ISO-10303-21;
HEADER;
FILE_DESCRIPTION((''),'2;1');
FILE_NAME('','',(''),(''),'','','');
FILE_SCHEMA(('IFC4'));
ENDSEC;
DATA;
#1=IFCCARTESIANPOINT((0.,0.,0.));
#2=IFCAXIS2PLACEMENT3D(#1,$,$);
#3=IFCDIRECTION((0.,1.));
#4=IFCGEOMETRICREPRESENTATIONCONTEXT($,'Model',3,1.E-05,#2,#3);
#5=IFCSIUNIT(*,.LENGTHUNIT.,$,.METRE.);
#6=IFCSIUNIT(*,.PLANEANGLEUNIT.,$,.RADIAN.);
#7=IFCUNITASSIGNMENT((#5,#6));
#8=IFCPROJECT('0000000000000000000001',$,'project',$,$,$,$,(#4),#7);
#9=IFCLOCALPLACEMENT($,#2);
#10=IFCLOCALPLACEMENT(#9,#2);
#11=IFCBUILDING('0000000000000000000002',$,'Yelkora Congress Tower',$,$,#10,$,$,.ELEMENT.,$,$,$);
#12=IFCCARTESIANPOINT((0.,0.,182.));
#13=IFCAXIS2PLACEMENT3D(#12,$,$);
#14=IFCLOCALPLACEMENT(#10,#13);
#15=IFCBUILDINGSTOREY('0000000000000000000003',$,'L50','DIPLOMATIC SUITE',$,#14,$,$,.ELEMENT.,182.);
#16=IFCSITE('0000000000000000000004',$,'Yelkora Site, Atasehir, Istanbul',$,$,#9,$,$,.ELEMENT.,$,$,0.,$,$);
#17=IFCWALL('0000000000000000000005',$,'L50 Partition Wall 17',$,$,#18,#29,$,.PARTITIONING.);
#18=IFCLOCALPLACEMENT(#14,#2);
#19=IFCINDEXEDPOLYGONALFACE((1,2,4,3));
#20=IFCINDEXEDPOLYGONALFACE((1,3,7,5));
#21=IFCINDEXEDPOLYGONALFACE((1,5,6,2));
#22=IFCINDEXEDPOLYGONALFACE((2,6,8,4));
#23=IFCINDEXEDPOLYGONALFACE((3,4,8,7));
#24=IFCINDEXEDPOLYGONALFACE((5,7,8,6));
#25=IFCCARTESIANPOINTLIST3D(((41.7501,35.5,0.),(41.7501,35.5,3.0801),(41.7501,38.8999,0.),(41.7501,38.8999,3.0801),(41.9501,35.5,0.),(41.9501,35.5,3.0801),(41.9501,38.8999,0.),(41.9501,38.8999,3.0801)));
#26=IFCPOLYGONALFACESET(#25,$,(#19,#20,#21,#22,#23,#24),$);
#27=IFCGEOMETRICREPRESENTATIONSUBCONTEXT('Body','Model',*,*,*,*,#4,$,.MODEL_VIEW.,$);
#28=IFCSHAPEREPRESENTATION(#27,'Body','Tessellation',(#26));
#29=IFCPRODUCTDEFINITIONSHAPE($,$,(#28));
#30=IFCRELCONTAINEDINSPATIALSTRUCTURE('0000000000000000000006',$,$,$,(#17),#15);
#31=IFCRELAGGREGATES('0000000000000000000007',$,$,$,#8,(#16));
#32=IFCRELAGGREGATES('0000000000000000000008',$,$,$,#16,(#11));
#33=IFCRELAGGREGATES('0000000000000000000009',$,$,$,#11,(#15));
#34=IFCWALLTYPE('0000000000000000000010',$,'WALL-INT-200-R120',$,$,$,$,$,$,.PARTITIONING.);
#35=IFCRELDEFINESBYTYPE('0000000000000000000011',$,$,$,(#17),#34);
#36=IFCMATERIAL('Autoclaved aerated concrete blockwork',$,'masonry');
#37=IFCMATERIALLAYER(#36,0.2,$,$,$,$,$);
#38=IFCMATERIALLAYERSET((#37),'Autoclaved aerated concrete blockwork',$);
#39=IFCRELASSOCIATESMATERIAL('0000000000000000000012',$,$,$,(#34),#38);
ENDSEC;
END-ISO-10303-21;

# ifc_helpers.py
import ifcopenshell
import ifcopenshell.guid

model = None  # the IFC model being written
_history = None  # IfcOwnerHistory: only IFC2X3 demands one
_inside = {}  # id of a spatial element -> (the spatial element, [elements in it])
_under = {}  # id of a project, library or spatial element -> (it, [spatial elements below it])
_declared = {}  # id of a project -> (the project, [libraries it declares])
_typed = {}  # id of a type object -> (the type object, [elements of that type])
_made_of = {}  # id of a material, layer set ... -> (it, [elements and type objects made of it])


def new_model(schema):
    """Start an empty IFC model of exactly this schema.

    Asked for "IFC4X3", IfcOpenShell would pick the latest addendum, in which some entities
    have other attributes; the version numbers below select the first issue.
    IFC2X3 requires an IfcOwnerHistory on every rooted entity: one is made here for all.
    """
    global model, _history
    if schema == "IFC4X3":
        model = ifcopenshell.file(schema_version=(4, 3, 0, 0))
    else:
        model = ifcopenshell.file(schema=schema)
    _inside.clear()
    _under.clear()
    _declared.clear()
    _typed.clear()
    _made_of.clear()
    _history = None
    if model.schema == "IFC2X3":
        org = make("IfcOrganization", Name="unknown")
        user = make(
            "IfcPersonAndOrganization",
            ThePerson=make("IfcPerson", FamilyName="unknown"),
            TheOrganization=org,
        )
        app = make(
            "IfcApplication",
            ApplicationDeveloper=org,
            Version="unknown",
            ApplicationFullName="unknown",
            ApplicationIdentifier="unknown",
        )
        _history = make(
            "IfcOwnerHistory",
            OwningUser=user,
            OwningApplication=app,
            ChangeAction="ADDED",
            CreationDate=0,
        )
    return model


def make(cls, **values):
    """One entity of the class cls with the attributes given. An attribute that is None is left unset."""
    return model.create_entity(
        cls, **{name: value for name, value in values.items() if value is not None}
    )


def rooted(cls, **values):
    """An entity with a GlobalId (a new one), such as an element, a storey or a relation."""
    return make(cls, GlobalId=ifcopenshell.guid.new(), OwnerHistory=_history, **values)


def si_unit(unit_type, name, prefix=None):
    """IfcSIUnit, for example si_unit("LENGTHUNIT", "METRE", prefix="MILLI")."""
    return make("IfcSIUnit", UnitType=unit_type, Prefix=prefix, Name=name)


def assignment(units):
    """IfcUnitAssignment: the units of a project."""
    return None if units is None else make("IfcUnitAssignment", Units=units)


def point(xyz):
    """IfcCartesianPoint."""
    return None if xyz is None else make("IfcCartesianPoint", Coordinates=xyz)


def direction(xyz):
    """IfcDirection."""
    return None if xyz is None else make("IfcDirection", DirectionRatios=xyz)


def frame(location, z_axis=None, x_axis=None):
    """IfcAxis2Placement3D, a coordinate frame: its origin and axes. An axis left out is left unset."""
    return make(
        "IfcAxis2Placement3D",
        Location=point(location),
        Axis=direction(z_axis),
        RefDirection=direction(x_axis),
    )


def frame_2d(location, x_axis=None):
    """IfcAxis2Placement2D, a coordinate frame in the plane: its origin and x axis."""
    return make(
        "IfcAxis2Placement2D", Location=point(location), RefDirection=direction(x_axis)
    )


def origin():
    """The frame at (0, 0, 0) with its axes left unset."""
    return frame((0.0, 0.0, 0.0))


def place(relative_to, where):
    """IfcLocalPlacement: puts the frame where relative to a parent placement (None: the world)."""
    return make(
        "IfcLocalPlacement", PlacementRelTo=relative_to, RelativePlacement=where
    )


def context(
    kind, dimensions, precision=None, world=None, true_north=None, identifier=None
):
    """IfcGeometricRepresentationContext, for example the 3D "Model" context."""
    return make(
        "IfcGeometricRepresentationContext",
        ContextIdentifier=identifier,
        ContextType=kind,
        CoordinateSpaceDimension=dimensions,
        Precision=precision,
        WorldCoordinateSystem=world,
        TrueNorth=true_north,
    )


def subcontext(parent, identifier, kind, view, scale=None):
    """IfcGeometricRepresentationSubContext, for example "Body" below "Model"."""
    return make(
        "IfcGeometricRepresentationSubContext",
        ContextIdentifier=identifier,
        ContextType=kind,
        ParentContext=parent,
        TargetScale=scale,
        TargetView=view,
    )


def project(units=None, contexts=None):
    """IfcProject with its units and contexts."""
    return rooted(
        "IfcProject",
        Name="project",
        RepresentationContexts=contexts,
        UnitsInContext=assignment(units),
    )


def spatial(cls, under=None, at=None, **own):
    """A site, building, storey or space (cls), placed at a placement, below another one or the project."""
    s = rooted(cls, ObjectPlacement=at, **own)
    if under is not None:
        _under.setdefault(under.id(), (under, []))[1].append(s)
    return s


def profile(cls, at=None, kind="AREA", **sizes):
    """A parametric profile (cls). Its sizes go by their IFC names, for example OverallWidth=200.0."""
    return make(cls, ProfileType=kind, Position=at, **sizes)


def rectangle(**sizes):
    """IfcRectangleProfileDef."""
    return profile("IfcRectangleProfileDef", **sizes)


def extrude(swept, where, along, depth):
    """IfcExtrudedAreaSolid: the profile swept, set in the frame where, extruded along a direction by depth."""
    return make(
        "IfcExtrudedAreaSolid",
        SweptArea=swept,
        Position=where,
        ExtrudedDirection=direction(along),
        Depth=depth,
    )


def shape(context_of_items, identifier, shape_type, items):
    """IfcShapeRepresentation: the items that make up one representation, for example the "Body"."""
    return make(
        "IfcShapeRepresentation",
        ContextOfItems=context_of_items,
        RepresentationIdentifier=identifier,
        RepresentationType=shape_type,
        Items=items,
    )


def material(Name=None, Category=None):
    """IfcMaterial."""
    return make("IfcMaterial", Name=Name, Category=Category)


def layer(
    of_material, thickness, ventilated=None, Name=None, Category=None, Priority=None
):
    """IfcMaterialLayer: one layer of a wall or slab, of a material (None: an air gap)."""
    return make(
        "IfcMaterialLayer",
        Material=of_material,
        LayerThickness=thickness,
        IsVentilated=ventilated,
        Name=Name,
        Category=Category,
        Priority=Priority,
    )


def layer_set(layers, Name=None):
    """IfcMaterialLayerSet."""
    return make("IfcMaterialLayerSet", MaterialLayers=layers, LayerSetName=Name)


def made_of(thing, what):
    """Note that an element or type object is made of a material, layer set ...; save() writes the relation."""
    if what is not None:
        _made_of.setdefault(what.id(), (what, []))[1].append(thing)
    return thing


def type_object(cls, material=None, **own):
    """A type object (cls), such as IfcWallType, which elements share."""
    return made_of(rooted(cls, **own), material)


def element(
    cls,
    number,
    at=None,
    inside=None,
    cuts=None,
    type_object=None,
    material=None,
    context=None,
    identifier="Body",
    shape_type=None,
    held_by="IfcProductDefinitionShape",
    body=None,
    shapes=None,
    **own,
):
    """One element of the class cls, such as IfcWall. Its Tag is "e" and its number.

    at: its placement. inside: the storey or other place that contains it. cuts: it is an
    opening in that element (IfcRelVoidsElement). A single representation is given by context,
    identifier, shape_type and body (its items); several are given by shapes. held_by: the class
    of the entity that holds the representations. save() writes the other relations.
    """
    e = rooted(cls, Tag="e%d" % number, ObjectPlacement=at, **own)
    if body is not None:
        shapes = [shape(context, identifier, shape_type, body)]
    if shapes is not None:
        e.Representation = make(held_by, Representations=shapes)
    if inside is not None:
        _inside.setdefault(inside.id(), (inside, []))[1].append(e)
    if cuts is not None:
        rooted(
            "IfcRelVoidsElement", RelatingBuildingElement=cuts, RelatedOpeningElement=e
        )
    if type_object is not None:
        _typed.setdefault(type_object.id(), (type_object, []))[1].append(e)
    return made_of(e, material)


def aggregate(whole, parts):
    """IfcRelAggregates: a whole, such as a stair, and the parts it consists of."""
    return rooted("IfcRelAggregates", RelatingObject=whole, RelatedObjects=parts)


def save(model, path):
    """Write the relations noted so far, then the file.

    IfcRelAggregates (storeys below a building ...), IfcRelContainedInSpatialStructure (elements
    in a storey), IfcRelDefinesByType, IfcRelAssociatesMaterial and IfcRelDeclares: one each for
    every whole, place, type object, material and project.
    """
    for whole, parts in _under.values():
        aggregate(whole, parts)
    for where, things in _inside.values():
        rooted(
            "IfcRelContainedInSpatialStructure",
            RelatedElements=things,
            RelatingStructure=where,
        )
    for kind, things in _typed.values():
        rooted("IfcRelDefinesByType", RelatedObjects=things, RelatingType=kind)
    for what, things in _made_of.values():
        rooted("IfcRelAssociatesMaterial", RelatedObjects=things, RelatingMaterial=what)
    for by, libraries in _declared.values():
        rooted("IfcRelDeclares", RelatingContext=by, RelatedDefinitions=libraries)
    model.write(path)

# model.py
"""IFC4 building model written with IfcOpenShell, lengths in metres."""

from ifc_helpers import new_model, si_unit, direction, frame, frame_2d, origin, place, context, subcontext, project, spatial, rectangle, extrude, material, layer, layer_set, type_object, element, save


model = new_model("IFC4")

# Units and contexts
model_context = context("Model", 3, precision=1e-05, world=origin(), true_north=direction((0.0, 1.0)))
body_context = subcontext(model_context, "Body", "Model", "MODEL_VIEW")
ifc_project = project(units=[si_unit("LENGTHUNIT", "METRE"), si_unit("PLANEANGLEUNIT", "RADIAN")], contexts=[model_context])

# Site, building, storey
site_placement = place(None, origin())
site = spatial("IfcSite", under=ifc_project, at=site_placement, Name="Yelkora Site, Atasehir, Istanbul", CompositionType="ELEMENT", RefElevation=0.0)
building_placement = place(site_placement, origin())
building = spatial("IfcBuilding", under=site, at=building_placement, Name="Yelkora Congress Tower", CompositionType="ELEMENT")
storey_placement = place(building_placement, frame((0.0, 0.0, 182.0)))
storey = spatial("IfcBuildingStorey", under=building, at=storey_placement, Name="L50", Description="DIPLOMATIC SUITE", CompositionType="ELEMENT", Elevation=182.0)

# Shared definitions
ifc_material_1 = material(Name="Autoclaved aerated concrete blockwork", Category="masonry")
ifc_layer_1 = layer(ifc_material_1, 0.2)
ifc_layer_set_1 = layer_set([ifc_layer_1], Name="Autoclaved aerated concrete blockwork")
wall_type_1 = type_object("IfcWallType", Name="WALL-INT-200-R120", PredefinedType="PARTITIONING", material=ifc_layer_set_1)

# Wall
wall_1_placement = place(storey_placement, frame((41.8501, 35.5, 0.0), z_axis=(0.0, 0.0, 1.0), x_axis=(0.0, 1.0, 0.0)))
element("IfcWall", 1, at=wall_1_placement, inside=storey, type_object=wall_type_1, Name="L50 Partition Wall 17", PredefinedType="PARTITIONING", context=body_context, shape_type="SweptSolid", body=[
    extrude(rectangle(XDim=3.3999, YDim=0.2, at=frame_2d((1.7, 0.0))), origin(), (0.0, 0.0, 1.0), 3.0801),
])

save(model, "model.ifc")
